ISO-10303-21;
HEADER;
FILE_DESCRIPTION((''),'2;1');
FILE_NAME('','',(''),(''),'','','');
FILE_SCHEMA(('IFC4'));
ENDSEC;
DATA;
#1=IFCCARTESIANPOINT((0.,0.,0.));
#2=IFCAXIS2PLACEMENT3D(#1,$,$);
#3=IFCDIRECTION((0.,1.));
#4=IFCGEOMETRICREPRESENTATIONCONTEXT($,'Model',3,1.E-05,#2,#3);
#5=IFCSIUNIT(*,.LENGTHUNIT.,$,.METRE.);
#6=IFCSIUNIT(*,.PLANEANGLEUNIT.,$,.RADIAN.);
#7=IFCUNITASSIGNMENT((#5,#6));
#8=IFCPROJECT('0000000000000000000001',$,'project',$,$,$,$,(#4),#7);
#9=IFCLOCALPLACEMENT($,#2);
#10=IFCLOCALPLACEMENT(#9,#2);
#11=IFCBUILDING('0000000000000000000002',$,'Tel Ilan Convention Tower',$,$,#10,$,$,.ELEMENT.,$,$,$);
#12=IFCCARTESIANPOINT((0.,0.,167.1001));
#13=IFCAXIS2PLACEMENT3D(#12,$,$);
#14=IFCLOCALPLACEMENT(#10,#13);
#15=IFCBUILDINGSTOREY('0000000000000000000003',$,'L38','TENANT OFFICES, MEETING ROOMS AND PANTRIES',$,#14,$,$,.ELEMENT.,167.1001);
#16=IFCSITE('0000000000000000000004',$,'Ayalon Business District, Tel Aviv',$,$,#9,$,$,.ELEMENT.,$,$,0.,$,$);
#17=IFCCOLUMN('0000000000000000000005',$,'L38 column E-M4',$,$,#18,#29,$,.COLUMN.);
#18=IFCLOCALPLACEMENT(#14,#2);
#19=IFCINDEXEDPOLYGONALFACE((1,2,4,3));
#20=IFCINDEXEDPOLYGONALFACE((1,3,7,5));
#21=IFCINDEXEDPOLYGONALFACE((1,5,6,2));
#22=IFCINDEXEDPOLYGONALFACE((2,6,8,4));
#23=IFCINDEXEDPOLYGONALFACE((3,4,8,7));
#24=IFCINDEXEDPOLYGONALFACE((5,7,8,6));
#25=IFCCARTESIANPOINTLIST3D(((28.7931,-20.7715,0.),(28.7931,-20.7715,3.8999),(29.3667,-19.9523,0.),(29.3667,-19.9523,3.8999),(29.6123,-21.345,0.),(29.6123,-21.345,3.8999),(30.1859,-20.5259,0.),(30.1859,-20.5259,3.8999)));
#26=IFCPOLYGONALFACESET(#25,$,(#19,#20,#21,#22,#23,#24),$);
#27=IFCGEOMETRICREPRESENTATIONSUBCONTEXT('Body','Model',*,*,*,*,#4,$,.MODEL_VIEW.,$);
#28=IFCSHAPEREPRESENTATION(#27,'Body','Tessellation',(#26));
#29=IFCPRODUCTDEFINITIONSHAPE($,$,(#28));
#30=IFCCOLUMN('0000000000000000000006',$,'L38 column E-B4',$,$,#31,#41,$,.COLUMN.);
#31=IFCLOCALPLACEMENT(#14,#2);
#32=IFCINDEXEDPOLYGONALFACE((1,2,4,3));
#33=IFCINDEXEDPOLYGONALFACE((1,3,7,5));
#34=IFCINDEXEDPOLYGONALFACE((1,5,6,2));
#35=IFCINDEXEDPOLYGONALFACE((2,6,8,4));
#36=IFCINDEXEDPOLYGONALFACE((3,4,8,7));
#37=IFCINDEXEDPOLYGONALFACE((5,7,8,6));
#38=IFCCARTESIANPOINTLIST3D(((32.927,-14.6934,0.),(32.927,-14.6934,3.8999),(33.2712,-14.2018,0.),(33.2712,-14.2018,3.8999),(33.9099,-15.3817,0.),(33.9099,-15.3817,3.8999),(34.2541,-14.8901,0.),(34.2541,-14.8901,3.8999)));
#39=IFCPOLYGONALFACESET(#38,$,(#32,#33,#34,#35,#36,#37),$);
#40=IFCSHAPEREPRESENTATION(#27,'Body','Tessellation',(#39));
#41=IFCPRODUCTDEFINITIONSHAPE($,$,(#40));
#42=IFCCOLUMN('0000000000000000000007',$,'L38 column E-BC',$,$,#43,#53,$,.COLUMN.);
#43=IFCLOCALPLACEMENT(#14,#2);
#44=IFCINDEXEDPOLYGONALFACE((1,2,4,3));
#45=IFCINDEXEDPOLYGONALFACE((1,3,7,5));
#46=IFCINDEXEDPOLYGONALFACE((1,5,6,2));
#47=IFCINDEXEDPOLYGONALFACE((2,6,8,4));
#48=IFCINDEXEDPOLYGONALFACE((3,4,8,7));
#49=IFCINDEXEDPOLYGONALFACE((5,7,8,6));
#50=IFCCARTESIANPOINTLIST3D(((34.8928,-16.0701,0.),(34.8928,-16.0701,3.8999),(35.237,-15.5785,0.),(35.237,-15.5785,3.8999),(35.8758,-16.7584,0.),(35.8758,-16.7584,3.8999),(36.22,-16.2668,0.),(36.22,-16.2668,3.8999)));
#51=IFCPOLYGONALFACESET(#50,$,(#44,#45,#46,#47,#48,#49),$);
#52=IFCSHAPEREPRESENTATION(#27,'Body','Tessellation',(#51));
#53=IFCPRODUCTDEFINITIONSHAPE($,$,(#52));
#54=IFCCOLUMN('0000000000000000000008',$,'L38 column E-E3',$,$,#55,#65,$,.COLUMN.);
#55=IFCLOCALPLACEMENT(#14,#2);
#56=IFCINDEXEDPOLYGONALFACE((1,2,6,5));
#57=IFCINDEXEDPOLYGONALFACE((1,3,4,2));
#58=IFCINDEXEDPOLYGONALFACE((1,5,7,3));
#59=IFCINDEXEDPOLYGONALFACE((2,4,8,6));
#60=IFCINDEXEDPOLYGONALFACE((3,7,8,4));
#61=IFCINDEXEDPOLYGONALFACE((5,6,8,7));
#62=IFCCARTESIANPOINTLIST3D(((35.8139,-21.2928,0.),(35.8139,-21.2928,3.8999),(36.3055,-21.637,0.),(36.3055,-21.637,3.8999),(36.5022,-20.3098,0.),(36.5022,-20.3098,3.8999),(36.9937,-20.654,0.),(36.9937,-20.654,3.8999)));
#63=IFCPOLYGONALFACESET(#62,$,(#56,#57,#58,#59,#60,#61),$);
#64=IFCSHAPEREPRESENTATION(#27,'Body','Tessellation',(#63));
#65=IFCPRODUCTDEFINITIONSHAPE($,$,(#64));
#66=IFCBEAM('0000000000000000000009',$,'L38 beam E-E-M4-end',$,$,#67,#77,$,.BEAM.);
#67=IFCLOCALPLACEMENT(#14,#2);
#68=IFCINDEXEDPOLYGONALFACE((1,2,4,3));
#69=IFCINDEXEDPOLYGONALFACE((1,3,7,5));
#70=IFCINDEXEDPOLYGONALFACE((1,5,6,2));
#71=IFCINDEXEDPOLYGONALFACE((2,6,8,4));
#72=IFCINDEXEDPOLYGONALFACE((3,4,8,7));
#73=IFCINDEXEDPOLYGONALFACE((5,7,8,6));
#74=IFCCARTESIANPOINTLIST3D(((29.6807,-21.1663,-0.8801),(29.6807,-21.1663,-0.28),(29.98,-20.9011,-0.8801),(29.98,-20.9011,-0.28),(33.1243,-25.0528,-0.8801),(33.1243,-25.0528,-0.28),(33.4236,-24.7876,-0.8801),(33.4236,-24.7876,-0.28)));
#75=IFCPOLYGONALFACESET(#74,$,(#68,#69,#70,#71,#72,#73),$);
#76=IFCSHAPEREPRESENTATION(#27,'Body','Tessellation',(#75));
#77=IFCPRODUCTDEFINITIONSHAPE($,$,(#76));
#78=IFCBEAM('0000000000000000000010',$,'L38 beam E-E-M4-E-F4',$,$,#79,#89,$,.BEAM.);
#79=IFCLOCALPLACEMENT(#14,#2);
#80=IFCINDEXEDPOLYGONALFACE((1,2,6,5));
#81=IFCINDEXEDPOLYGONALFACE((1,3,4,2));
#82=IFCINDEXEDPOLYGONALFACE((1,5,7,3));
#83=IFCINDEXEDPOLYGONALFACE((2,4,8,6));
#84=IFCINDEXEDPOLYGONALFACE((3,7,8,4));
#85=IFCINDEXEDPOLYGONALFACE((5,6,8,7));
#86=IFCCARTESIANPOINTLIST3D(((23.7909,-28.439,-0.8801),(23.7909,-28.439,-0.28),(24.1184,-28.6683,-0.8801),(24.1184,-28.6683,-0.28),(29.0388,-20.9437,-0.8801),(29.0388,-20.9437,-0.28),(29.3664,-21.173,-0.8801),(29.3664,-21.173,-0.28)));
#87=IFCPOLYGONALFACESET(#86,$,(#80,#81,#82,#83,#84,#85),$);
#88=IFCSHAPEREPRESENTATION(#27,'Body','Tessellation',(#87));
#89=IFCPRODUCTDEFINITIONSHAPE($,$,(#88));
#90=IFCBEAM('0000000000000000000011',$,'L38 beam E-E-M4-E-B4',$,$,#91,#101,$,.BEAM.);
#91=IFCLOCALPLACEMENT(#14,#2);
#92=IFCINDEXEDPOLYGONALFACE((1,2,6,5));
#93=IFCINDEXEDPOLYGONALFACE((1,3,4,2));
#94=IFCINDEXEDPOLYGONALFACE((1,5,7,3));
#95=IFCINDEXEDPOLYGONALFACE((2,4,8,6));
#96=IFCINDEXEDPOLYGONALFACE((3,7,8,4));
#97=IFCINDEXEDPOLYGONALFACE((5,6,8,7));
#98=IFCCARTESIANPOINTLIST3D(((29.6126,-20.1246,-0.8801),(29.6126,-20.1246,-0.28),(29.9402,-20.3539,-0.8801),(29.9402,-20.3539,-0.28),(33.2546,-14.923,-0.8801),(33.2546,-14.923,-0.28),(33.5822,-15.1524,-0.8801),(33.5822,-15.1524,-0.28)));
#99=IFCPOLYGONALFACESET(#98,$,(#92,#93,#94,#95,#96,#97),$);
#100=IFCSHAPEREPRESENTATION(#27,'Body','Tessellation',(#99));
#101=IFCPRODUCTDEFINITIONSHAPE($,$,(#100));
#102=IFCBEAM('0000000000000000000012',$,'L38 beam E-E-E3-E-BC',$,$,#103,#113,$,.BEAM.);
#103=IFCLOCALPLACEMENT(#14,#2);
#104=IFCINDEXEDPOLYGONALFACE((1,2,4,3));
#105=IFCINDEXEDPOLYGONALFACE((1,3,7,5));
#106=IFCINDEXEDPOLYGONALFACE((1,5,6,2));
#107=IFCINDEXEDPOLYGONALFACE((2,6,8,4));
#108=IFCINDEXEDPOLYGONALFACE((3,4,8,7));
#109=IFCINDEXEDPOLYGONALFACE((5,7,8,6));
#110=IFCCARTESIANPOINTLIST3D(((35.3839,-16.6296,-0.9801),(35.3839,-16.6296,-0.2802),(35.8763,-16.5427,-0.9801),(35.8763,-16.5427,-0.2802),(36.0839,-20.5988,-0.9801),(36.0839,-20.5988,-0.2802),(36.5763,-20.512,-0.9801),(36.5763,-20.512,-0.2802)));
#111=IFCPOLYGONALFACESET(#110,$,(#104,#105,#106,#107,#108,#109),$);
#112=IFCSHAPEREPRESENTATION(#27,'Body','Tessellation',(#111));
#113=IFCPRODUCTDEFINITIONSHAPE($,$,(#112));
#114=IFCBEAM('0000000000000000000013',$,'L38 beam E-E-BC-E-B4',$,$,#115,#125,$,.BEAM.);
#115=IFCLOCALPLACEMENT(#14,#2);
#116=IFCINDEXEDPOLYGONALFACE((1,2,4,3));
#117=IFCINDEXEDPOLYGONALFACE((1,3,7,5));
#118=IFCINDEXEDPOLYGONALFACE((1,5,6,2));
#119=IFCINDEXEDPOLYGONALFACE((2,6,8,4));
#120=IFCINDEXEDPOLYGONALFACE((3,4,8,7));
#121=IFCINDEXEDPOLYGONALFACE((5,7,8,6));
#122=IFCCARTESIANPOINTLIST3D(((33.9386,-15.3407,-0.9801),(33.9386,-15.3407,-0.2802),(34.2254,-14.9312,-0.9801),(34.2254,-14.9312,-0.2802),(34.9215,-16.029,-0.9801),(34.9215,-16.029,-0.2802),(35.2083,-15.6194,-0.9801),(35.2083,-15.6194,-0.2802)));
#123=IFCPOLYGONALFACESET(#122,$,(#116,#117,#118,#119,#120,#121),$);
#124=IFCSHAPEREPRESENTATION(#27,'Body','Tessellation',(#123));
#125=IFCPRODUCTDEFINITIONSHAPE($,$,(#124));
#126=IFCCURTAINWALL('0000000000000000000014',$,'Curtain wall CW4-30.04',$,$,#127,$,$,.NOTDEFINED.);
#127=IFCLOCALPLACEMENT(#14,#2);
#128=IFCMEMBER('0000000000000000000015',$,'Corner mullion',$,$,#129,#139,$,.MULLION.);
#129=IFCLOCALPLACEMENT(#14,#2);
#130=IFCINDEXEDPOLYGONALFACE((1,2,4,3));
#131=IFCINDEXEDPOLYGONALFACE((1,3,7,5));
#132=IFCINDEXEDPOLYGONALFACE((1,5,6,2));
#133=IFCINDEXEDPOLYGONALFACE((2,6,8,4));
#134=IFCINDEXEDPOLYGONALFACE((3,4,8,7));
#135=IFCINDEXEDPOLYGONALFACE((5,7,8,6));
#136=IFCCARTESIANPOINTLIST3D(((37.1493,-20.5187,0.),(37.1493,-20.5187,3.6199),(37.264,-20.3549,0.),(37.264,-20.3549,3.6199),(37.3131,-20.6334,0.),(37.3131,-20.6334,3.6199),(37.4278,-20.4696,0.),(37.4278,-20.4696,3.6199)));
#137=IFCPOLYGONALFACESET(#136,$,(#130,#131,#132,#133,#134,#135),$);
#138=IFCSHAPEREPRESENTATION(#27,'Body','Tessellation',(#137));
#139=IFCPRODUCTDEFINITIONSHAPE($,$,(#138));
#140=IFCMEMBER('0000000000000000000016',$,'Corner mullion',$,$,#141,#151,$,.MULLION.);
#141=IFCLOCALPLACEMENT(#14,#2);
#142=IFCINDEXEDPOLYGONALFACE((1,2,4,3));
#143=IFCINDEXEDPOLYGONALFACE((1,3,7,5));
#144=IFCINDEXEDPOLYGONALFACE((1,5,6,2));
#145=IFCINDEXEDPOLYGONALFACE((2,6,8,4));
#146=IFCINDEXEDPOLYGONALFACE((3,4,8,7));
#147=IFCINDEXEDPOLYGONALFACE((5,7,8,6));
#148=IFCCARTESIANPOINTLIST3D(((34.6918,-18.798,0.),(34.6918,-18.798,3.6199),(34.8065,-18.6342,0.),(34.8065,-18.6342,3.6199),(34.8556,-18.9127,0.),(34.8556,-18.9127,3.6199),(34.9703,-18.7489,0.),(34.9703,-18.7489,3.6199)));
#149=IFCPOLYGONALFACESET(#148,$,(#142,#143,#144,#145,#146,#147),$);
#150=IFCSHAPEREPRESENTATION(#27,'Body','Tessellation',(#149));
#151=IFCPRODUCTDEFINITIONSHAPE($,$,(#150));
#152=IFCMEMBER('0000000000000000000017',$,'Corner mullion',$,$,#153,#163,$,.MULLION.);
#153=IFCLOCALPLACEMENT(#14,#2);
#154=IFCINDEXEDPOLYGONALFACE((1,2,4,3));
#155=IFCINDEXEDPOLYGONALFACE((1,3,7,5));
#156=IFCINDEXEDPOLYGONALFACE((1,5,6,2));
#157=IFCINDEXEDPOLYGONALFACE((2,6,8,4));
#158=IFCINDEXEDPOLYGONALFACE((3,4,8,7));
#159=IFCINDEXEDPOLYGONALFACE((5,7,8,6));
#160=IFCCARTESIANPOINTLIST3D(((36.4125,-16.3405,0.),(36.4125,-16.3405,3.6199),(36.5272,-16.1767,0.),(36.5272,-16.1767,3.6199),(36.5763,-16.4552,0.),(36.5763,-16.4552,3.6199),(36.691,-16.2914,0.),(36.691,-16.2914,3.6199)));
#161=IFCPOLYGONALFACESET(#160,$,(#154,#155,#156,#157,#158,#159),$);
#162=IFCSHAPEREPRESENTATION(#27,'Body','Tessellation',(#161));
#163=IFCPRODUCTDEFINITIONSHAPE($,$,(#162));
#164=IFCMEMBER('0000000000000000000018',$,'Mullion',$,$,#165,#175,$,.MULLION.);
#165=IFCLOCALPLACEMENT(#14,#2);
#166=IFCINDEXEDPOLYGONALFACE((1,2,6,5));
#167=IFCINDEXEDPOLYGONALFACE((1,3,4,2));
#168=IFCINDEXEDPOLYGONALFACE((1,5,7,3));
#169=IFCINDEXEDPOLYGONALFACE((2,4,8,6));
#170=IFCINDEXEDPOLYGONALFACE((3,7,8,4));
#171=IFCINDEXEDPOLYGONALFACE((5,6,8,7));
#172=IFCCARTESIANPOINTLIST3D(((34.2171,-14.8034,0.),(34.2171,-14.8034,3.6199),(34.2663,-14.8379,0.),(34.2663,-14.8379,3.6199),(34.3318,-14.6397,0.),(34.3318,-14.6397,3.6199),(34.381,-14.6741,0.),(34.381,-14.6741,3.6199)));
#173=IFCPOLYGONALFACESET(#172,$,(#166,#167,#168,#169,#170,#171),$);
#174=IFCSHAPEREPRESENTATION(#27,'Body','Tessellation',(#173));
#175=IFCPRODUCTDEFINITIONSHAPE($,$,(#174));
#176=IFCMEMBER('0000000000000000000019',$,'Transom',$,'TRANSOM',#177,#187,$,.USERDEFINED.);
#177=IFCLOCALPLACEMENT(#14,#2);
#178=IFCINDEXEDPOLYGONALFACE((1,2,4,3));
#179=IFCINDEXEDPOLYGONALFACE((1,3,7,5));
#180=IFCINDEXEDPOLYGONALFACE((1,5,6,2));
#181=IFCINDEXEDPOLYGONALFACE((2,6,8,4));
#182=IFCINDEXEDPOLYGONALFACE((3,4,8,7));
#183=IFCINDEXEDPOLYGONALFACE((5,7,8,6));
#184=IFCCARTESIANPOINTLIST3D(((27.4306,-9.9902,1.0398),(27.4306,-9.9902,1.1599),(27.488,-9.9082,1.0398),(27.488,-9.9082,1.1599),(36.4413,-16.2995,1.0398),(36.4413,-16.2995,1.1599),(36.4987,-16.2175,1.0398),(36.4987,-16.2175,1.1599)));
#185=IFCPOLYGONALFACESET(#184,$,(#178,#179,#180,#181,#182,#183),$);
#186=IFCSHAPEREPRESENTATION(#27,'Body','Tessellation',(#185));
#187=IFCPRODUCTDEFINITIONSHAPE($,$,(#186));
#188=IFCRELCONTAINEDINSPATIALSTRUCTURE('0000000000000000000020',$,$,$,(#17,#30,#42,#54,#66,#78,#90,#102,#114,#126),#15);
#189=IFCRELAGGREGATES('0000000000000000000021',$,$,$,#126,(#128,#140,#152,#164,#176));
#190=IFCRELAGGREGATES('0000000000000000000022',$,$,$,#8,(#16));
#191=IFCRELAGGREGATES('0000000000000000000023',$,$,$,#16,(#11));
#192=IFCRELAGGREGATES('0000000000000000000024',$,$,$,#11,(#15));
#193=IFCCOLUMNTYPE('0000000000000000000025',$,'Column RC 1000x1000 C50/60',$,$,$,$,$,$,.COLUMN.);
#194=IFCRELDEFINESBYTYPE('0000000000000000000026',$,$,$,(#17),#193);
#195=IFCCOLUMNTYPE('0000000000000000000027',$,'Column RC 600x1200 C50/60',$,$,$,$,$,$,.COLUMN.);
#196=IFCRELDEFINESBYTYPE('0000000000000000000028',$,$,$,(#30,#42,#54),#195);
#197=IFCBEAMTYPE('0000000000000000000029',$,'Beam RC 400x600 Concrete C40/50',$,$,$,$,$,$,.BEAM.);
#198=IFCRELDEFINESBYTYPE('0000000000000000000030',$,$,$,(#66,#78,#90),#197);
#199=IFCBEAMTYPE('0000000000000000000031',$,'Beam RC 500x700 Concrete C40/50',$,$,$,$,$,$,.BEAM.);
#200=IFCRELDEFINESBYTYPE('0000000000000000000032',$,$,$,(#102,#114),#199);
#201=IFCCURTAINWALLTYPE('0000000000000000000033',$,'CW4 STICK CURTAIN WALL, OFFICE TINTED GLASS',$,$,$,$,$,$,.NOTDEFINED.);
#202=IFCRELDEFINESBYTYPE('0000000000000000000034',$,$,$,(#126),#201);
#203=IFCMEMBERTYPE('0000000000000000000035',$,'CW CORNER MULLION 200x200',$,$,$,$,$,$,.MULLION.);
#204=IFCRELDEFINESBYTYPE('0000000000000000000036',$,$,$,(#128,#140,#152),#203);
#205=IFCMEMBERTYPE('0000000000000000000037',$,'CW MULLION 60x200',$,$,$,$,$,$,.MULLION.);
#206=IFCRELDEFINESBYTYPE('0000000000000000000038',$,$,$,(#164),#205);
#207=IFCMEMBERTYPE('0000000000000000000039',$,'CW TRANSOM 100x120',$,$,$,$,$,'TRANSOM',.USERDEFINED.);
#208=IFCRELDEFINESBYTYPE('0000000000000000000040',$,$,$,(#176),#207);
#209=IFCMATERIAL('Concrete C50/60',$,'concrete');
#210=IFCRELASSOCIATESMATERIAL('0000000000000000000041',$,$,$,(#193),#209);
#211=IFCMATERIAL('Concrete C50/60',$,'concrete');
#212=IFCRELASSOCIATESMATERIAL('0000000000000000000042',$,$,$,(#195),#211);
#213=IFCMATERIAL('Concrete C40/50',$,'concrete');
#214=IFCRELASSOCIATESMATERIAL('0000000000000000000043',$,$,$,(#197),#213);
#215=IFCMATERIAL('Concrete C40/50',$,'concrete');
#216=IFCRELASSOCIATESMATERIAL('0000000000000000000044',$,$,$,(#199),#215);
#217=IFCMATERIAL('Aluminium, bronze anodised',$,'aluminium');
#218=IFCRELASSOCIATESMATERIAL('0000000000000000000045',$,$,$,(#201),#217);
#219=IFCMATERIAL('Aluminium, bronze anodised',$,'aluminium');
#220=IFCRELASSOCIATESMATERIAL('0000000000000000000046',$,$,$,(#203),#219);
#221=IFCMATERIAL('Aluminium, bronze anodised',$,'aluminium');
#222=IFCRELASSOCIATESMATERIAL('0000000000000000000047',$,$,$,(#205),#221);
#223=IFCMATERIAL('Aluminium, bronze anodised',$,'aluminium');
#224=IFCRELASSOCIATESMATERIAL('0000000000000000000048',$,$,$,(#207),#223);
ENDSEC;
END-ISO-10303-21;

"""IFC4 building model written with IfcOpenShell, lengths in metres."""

from ifc_helpers import new_model, si_unit, direction, frame, origin, origin_2d, place, context, subcontext, project, spatial, rectangle, extrude, material, material_profile, profile_set, type_object, element, aggregate, save


model = new_model("IFC4")

# Units and contexts
model_context = context("Model", 3, precision=1e-05, world=origin(), true_north=direction((0.0, 1.0)))
body_context = subcontext(model_context, "Body", "Model", "MODEL_VIEW")
ifc_project = project(units=[si_unit("LENGTHUNIT", "METRE"), si_unit("PLANEANGLEUNIT", "RADIAN")], contexts=[model_context])

# Site, building, storey
site_placement = place(None, origin())
site = spatial("IfcSite", under=ifc_project, at=site_placement, Name="Ayalon Business District, Tel Aviv", CompositionType="ELEMENT", RefElevation=0.0)
building_placement = place(site_placement, origin())
building = spatial("IfcBuilding", under=site, at=building_placement, Name="Tel Ilan Convention Tower", CompositionType="ELEMENT")
storey_placement = place(building_placement, frame((0.0, 0.0, 167.1001)))
storey = spatial("IfcBuildingStorey", under=building, at=storey_placement, Name="L38", Description="TENANT OFFICES, MEETING ROOMS AND PANTRIES", CompositionType="ELEMENT", Elevation=167.1001)

# Columns
ifc_material_1 = material(Name="Concrete C50/60", Category="concrete")
ifc_material_profile_1 = material_profile(ifc_material_1, rectangle(XDim=1.0, YDim=1.0, at=origin_2d()), Name="RC 1000x1000")
ifc_profile_set_1 = profile_set([ifc_material_profile_1], Name="Concrete C50/60")
column_type_1 = type_object("IfcColumnType", Name="Column RC 1000x1000 C50/60", PredefinedType="COLUMN", material=ifc_profile_set_1)
column_placement = place(storey_placement, frame((29.4895, -20.6487, 0.0), z_axis=(0.0, 0.0, 1.0), x_axis=(0.819152, -0.573576, 0.0)))
element("IfcColumn", 1, at=column_placement, inside=storey, type_object=column_type_1, Name="L38 column E-M4", PredefinedType="COLUMN", context=body_context, shape_type="SweptSolid", body=[
    extrude(rectangle(XDim=1.0, YDim=1.0, at=origin_2d()), origin(), (0.0, 0.0, 1.0), 3.8999),
])
ifc_material_2 = material(Name="Concrete C50/60", Category="concrete")
ifc_material_profile_2 = material_profile(ifc_material_2, rectangle(XDim=1.2, YDim=0.6001, at=origin_2d()), Name="RC 600x1200")
ifc_profile_set_2 = profile_set([ifc_material_profile_2], Name="Concrete C50/60")
column_type_2 = type_object("IfcColumnType", Name="Column RC 600x1200 C50/60", PredefinedType="COLUMN", material=ifc_profile_set_2)
for number, where, z_axis, x_axis, name in (
    (2, (33.5906, -14.7917, 0.0), (0.0, 0.0, 1.0), (0.819152, -0.573576, 0.0), "L38 column E-B4"),
    (3, (35.5564, -16.1685, 0.0), (0.0, 0.0, 1.0), (0.819152, -0.573576, 0.0), "L38 column E-BC"),
    (4, (36.4038, -20.9734, 0.0), (0.0, 0.0, 1.0), (0.573576, 0.819152, 0.0), "L38 column E-E3"),
):
    element("IfcColumn", number, at=place(storey_placement, frame(where, z_axis=z_axis, x_axis=x_axis)), inside=storey, type_object=column_type_2, Name=name, PredefinedType="COLUMN", context=body_context, shape_type="SweptSolid", body=[
        extrude(rectangle(XDim=1.2, YDim=0.6001, at=origin_2d()), origin(), (0.0, 0.0, 1.0), 3.8999),
    ])

# Beams
ifc_material_3 = material(Name="Concrete C40/50", Category="concrete")
ifc_material_profile_3 = material_profile(ifc_material_3, rectangle(XDim=0.3999, YDim=0.6001, at=origin_2d()), Name="RC 400x600")
ifc_profile_set_3 = profile_set([ifc_material_profile_3], Name="Concrete C40/50")
beam_type_1 = type_object("IfcBeamType", Name="Beam RC 400x600 Concrete C40/50", PredefinedType="BEAM", material=ifc_profile_set_3)
beam_1_placement = place(storey_placement, frame((29.8303, -21.0337, -0.5801), z_axis=(0.663175, -0.748464, 0.0), x_axis=(0.748464, 0.663175, 0.0)))
element("IfcBeam", 5, at=beam_1_placement, inside=storey, type_object=beam_type_1, Name="L38 beam E-E-M4-end", PredefinedType="BEAM", context=body_context, shape_type="SweptSolid", body=[
    extrude(rectangle(XDim=0.3999, YDim=0.6001, at=origin_2d()), origin(), (0.0, 0.0, 1.0), 5.1926),
])
beam_2_placement = place(storey_placement, frame((29.2026, -21.0583, -0.5801), z_axis=(-0.573557, -0.819165, 0.0), x_axis=(0.819165, -0.573557, 0.0)))
element("IfcBeam", 6, at=beam_2_placement, inside=storey, type_object=beam_type_1, Name="L38 beam E-E-M4-E-F4", PredefinedType="BEAM", context=body_context, shape_type="SweptSolid", body=[
    extrude(rectangle(XDim=0.3999, YDim=0.6001, at=origin_2d()), origin(), (0.0, 0.0, 1.0), 9.1499),
])
beam_3_placement = place(storey_placement, frame((29.7764, -20.2393, -0.5801), z_axis=(0.57356, 0.819163, 0.0), x_axis=(-0.819163, 0.57356, 0.0)))
element("IfcBeam", 7, at=beam_3_placement, inside=storey, type_object=beam_type_1, Name="L38 beam E-E-M4-E-B4", PredefinedType="BEAM", context=body_context, shape_type="SweptSolid", body=[
    extrude(rectangle(XDim=0.3999, YDim=0.6001, at=origin_2d()), origin(), (0.0, 0.0, 1.0), 6.3499),
])
ifc_material_4 = material(Name="Concrete C40/50", Category="concrete")
ifc_material_profile_4 = material_profile(ifc_material_4, rectangle(XDim=0.5, YDim=0.7, at=origin_2d()), Name="RC 500x700")
ifc_profile_set_4 = profile_set([ifc_material_profile_4], Name="Concrete C40/50")
beam_type_2 = type_object("IfcBeamType", Name="Beam RC 500x700 Concrete C40/50", PredefinedType="BEAM", material=ifc_profile_set_4)
beam_4_placement = place(storey_placement, frame((36.3301, -20.5554, -0.6301), z_axis=(-0.173664, 0.984805, 0.0), x_axis=(-0.984805, -0.173664, 0.0)))
element("IfcBeam", 8, at=beam_4_placement, inside=storey, type_object=beam_type_2, Name="L38 beam E-E-E3-E-BC", PredefinedType="BEAM", context=body_context, shape_type="SweptSolid", body=[
    extrude(rectangle(XDim=0.5, YDim=0.7, at=origin_2d()), origin(), (0.0, 0.0, 1.0), 4.0305),
])
beam_5_placement = place(storey_placement, frame((35.0649, -15.8242, -0.6301), z_axis=(-0.819155, 0.573572, 0.0), x_axis=(-0.573572, -0.819155, 0.0)))
element("IfcBeam", 9, at=beam_5_placement, inside=storey, type_object=beam_type_2, Name="L38 beam E-E-BC-E-B4", PredefinedType="BEAM", context=body_context, shape_type="SweptSolid", body=[
    extrude(rectangle(XDim=0.5, YDim=0.7, at=origin_2d()), origin(), (0.0, 0.0, 1.0), 1.2),
])

# Curtain wall, members
ifc_material_5 = material(Name="Aluminium, bronze anodised", Category="aluminium")
curtain_wall_type = type_object("IfcCurtainWallType", Name="CW4 STICK CURTAIN WALL, OFFICE TINTED GLASS", PredefinedType="NOTDEFINED", material=ifc_material_5)
curtain_wall_placement = place(storey_placement, origin())
curtain_wall = element("IfcCurtainWall", 10, at=curtain_wall_placement, inside=storey, type_object=curtain_wall_type, Name="Curtain wall CW4-30.04", PredefinedType="NOTDEFINED")
ifc_material_6 = material(Name="Aluminium, bronze anodised", Category="aluminium")
ifc_material_profile_5 = material_profile(ifc_material_6, rectangle(XDim=0.2, YDim=0.2, at=origin_2d()), Name="CW CORNER MULLION 200x200")
ifc_profile_set_5 = profile_set([ifc_material_profile_5], Name="Aluminium, bronze anodised")
member_type_1 = type_object("IfcMemberType", Name="CW CORNER MULLION 200x200", PredefinedType="MULLION", material=ifc_profile_set_5)
member_1_placement = place(storey_placement, frame((37.2886, -20.4941, 0.0), z_axis=(0.0, 0.0, 1.0), x_axis=(0.573576, 0.819152, 0.0)))
member_1 = element("IfcMember", 11, at=member_1_placement, type_object=member_type_1, Name="Corner mullion", PredefinedType="MULLION", context=body_context, shape_type="SweptSolid", body=[
    extrude(rectangle(XDim=0.2, YDim=0.2, at=origin_2d()), origin(), (0.0, 0.0, 1.0), 3.6199),
])
member_2_placement = place(storey_placement, frame((34.8311, -18.7734, 0.0), z_axis=(0.0, 0.0, 1.0), x_axis=(-0.819152, 0.573576, 0.0)))
member_2 = element("IfcMember", 12, at=member_2_placement, type_object=member_type_1, Name="Corner mullion", PredefinedType="MULLION", context=body_context, shape_type="SweptSolid", body=[
    extrude(rectangle(XDim=0.2, YDim=0.2, at=origin_2d()), origin(), (0.0, 0.0, 1.0), 3.6199),
])
member_3_placement = place(storey_placement, frame((36.5518, -16.3159, 0.0), z_axis=(0.0, 0.0, 1.0), x_axis=(0.573576, 0.819152, 0.0)))
member_3 = element("IfcMember", 13, at=member_3_placement, type_object=member_type_1, Name="Corner mullion", PredefinedType="MULLION", context=body_context, shape_type="SweptSolid", body=[
    extrude(rectangle(XDim=0.2, YDim=0.2, at=origin_2d()), origin(), (0.0, 0.0, 1.0), 3.6199),
])
ifc_material_7 = material(Name="Aluminium, bronze anodised", Category="aluminium")
ifc_material_profile_6 = material_profile(ifc_material_7, rectangle(XDim=0.0601, YDim=0.2, at=origin_2d()), Name="CW MULLION 60x200")
ifc_profile_set_6 = profile_set([ifc_material_profile_6], Name="Aluminium, bronze anodised")
member_type_2 = type_object("IfcMemberType", Name="CW MULLION 60x200", PredefinedType="MULLION", material=ifc_profile_set_6)
member_4_placement = place(storey_placement, frame((34.2991, -14.7388, 0.0), z_axis=(0.0, 0.0, 1.0), x_axis=(-0.819152, 0.573576, 0.0)))
member_4 = element("IfcMember", 14, at=member_4_placement, type_object=member_type_2, Name="Mullion", PredefinedType="MULLION", context=body_context, shape_type="SweptSolid", body=[
    extrude(rectangle(XDim=0.0601, YDim=0.2, at=origin_2d()), origin(), (0.0, 0.0, 1.0), 3.6199),
])
ifc_material_8 = material(Name="Aluminium, bronze anodised", Category="aluminium")
ifc_material_profile_7 = material_profile(ifc_material_8, rectangle(XDim=0.1001, YDim=0.1201, at=origin_2d()), Name="CW TRANSOM 100x120")
ifc_profile_set_7 = profile_set([ifc_material_profile_7], Name="Aluminium, bronze anodised")
member_type_3 = type_object("IfcMemberType", Name="CW TRANSOM 100x120", ElementType="TRANSOM", PredefinedType="USERDEFINED", material=ifc_profile_set_7)
member_5_placement = place(storey_placement, frame((36.47, -16.2585, 1.0999), z_axis=(-0.819155, 0.573573, 0.0), x_axis=(-0.573573, -0.819155, 0.0)))
member_5 = element("IfcMember", 15, at=member_5_placement, type_object=member_type_3, Name="Transom", ObjectType="TRANSOM", PredefinedType="USERDEFINED", context=body_context, shape_type="SweptSolid", body=[
    extrude(rectangle(XDim=0.1001, YDim=0.1201, at=origin_2d()), origin(), (0.0, 0.0, 1.0), 11.0),
])
aggregate(curtain_wall, [member_1, member_2, member_3, member_4, member_5])

save(model, "model.ifc")
